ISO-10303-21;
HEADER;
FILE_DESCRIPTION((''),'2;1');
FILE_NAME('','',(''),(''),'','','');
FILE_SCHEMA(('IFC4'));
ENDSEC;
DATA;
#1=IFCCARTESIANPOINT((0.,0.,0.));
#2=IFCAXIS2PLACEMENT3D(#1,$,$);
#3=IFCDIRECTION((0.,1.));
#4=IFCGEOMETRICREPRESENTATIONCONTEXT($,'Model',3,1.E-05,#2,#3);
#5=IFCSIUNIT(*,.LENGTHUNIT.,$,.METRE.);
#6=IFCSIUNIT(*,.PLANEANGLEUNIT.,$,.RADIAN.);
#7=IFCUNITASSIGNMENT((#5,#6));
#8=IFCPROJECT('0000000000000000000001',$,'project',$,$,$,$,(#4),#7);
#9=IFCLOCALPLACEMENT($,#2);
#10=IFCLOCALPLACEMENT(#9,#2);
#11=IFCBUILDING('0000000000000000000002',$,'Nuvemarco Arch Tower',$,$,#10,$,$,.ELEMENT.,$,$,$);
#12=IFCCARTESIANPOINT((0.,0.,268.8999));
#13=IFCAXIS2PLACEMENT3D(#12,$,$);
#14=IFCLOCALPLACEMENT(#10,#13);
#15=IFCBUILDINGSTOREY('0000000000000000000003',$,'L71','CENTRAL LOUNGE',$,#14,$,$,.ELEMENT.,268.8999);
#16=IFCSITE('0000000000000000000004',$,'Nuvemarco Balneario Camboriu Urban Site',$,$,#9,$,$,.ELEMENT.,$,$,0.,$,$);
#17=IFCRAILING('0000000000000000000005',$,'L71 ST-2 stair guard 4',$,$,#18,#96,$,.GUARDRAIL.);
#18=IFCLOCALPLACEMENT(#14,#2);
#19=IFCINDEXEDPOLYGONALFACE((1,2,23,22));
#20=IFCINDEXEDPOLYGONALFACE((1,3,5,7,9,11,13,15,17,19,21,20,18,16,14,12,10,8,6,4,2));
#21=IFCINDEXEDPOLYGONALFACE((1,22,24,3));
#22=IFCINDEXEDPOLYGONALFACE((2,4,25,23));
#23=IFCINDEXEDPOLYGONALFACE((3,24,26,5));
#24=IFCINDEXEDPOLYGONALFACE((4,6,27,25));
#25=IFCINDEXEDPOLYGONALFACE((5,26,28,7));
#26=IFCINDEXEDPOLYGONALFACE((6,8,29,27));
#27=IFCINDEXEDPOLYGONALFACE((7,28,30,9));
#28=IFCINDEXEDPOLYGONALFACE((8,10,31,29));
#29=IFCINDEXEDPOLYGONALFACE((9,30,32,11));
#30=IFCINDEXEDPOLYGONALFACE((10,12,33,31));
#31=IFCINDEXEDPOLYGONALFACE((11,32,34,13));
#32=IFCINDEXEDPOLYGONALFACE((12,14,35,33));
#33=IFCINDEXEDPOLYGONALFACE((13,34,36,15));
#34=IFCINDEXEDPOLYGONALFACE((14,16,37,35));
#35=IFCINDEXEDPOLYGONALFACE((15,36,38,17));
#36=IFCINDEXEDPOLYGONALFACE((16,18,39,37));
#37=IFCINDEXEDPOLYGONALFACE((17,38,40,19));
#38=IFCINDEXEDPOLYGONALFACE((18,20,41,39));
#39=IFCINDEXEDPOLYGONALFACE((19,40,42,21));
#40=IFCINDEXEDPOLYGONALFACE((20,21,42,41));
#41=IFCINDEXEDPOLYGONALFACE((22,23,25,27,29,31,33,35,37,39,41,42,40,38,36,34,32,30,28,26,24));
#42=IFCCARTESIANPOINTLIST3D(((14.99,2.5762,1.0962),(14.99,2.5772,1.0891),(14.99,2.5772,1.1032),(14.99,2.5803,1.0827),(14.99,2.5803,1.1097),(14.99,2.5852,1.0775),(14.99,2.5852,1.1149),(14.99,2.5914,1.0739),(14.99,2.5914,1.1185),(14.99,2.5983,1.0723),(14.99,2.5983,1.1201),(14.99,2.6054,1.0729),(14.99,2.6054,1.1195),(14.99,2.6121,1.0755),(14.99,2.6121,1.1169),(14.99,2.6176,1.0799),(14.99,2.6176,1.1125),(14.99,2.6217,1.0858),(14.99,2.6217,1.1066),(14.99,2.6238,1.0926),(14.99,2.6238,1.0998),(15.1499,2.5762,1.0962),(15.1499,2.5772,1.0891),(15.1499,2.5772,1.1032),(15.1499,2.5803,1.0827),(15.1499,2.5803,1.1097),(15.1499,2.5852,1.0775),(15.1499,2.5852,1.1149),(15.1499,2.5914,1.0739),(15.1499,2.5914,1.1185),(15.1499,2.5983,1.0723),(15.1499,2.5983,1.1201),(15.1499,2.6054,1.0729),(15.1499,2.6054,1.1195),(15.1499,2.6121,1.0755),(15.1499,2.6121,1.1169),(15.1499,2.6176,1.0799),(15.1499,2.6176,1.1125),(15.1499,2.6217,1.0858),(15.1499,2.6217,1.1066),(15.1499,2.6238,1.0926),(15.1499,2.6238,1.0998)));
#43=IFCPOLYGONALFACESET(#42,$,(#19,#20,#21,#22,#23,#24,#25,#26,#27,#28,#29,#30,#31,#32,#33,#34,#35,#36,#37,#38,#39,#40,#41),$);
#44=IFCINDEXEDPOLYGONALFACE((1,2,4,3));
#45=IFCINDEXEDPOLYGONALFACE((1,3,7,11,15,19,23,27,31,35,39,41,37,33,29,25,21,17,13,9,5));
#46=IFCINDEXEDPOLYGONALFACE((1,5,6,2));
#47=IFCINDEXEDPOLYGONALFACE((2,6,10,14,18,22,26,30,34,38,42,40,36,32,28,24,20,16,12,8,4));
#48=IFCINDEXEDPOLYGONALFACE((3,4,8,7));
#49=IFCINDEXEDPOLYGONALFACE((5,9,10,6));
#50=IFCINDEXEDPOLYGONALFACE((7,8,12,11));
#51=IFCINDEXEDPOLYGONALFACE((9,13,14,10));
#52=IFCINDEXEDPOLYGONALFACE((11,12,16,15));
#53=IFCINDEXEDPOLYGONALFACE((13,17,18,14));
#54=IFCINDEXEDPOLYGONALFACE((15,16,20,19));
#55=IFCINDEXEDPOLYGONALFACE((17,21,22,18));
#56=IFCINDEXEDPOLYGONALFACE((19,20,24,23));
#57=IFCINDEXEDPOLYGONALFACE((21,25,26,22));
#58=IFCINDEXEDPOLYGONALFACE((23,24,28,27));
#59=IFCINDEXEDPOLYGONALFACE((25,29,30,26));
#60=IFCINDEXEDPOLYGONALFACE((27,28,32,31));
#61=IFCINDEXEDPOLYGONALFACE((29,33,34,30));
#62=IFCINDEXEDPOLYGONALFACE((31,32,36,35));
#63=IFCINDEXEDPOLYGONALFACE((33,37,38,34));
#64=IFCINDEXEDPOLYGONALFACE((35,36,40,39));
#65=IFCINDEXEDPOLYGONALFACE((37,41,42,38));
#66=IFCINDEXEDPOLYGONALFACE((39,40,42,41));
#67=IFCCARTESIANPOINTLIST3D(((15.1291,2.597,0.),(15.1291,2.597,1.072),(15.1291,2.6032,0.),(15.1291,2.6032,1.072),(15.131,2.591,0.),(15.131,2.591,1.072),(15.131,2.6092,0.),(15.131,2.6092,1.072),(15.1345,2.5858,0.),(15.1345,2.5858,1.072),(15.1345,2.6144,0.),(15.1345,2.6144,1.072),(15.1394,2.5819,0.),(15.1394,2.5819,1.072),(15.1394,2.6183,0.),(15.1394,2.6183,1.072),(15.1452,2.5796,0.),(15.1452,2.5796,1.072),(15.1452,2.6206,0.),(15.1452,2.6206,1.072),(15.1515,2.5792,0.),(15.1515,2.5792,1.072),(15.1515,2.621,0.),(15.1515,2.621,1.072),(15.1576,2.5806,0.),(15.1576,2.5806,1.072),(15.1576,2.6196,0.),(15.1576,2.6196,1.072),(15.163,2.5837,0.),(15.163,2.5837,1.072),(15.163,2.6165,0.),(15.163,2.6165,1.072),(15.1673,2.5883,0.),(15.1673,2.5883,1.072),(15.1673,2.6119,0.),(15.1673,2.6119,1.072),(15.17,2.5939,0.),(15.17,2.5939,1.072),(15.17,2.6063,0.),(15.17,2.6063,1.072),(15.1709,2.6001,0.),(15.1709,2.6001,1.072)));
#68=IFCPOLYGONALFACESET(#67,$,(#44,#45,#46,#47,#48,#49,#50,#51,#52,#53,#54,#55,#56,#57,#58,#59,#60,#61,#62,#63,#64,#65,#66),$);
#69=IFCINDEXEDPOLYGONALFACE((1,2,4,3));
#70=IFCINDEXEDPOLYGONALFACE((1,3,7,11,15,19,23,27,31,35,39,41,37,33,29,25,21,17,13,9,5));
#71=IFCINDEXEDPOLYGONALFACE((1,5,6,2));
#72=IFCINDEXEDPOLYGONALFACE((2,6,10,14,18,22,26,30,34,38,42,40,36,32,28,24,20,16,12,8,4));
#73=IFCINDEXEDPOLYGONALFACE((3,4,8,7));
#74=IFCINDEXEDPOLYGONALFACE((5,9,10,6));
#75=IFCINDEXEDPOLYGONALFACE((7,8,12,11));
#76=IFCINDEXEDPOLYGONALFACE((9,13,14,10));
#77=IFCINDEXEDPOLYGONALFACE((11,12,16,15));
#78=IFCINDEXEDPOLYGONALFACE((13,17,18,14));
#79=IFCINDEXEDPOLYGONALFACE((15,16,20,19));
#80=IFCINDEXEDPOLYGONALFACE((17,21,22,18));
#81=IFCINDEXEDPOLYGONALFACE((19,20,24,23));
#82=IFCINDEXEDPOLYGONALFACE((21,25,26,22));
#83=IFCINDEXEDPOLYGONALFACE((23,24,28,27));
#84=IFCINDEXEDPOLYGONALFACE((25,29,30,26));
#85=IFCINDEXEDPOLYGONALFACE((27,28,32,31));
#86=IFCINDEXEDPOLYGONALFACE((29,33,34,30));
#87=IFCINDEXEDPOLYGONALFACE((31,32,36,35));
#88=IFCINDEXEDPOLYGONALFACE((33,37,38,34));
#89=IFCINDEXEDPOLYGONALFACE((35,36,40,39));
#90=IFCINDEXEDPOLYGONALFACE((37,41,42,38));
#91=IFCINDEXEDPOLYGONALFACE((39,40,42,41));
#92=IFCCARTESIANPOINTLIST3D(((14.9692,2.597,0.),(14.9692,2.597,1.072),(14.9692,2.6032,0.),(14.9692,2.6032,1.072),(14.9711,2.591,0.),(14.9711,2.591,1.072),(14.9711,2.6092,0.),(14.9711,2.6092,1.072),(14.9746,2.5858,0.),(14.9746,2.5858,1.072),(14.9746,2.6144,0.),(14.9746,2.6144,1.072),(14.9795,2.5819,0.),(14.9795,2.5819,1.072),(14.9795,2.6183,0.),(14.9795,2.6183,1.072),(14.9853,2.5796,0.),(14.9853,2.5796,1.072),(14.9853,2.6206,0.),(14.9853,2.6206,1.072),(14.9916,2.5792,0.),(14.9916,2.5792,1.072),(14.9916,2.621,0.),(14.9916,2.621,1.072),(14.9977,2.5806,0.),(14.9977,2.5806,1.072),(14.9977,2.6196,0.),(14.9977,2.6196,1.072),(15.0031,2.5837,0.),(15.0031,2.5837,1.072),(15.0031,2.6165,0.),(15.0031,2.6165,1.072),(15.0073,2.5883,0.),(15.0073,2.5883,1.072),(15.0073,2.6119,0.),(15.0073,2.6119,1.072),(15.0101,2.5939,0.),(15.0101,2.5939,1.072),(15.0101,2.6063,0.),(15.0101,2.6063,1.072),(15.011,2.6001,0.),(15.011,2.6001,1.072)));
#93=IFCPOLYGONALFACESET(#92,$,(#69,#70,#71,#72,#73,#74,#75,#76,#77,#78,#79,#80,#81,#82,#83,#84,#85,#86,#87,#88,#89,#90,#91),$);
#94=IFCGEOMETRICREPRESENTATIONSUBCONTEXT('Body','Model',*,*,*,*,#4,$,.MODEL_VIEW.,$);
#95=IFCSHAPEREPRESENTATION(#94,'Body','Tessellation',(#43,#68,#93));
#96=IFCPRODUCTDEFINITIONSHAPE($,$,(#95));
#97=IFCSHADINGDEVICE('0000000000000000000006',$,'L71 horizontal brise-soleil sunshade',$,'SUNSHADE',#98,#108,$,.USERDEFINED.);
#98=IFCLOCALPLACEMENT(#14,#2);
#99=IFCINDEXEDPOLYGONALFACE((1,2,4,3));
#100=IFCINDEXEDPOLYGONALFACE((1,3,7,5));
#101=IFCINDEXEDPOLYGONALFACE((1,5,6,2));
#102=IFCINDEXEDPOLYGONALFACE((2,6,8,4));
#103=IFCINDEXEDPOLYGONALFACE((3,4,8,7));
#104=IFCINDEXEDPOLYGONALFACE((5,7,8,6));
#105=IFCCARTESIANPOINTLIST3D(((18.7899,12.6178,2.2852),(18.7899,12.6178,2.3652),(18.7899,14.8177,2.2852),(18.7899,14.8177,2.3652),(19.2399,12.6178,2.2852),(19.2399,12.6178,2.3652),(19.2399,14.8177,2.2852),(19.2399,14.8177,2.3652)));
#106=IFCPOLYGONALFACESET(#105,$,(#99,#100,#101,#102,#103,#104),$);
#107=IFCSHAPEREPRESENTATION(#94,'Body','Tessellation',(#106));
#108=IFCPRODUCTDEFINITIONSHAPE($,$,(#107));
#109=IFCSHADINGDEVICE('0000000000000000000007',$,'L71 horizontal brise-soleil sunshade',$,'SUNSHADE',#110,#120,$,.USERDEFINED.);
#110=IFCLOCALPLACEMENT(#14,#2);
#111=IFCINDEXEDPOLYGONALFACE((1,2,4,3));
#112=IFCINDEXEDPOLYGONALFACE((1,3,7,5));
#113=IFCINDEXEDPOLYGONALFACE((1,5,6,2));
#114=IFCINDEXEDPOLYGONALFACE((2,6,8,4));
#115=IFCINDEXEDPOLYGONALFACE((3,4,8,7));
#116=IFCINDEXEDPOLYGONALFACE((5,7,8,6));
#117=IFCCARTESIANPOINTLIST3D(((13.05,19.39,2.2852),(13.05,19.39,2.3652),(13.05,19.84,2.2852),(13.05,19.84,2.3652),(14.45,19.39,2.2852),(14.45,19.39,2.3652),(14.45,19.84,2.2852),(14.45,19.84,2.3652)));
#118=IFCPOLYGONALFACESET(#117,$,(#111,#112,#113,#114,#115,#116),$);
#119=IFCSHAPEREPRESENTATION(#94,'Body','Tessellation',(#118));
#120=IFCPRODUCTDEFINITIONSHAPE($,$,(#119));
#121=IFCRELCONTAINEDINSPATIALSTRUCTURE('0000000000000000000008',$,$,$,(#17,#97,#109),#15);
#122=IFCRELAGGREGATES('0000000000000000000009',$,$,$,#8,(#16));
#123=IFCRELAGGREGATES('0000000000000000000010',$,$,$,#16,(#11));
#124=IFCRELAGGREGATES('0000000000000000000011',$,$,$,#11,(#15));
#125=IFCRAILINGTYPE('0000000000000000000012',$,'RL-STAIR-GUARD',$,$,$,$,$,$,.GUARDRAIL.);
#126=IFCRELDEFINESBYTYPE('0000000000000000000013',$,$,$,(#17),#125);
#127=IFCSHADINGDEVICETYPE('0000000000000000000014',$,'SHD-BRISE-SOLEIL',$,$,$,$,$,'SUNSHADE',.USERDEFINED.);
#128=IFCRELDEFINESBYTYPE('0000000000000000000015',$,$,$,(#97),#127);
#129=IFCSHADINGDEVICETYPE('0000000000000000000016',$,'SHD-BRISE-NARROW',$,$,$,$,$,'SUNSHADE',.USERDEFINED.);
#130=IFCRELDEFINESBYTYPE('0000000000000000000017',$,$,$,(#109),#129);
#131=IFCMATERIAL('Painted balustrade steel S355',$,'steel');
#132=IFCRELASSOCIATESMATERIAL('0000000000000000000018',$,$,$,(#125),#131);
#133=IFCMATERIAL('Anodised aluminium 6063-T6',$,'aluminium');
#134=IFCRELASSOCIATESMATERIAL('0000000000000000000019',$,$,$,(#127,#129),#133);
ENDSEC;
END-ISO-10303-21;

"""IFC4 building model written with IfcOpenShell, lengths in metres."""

from ifc_helpers import new_model, si_unit, direction, frame, origin, origin_2d, place, context, subcontext, project, spatial, rectangle, circle, extrude, source, transform, mapped, material, type_object, type_shapes, element, save


model = new_model("IFC4")

# Units and contexts
model_context = context("Model", 3, precision=1e-05, world=origin(), true_north=direction((0.0, 1.0)))
body_context = subcontext(model_context, "Body", "Model", "MODEL_VIEW")
ifc_project = project(units=[si_unit("LENGTHUNIT", "METRE"), si_unit("PLANEANGLEUNIT", "RADIAN")], contexts=[model_context])

# Site, building, storey
site_placement = place(None, origin())
site = spatial("IfcSite", under=ifc_project, at=site_placement, Name="Nuvemarco Balneario Camboriu Urban Site", CompositionType="ELEMENT", RefElevation=0.0)
building_placement = place(site_placement, origin())
building = spatial("IfcBuilding", under=site, at=building_placement, Name="Nuvemarco Arch Tower", CompositionType="ELEMENT")
storey_placement = place(building_placement, frame((0.0, 0.0, 268.8999)))
storey = spatial("IfcBuildingStorey", under=building, at=storey_placement, Name="L71", Description="CENTRAL LOUNGE", CompositionType="ELEMENT", Elevation=268.8999)

# Railing
ifc_material_1 = material(Name="Painted balustrade steel S355", Category="steel")
railing_type_1 = type_object("IfcRailingType", Name="RL-STAIR-GUARD", PredefinedType="GUARDRAIL", material=ifc_material_1)
railing_1_placement = place(storey_placement, frame((15.1499, 2.6001, 0.0)))
element("IfcRailing", 1, at=railing_1_placement, inside=storey, type_object=railing_type_1, Name="L71 ST-2 stair guard 4", PredefinedType="GUARDRAIL", context=body_context, shape_type="SweptSolid", body=[
    extrude(circle(Radius=0.0239, at=origin_2d()), frame((0.0, 0.0, 1.0962), z_axis=(-1.0, 0.0, 0.0), x_axis=(0.0, -1.0, 0.0)), (0.0, 0.0, 1.0), 0.1599),
    extrude(circle(Radius=0.021, at=origin_2d()), origin(), (0.0, 0.0, 1.0), 1.072),
    extrude(circle(Radius=0.021, at=origin_2d()), frame((-0.1599, 0.0, 0.0)), (0.0, 0.0, 1.0), 1.072),
])

# Shading devices
ifc_material_2 = material(Name="Anodised aluminium 6063-T6", Category="aluminium")
shading_device_type_1 = type_object("IfcShadingDeviceType", Name="SHD-BRISE-SOLEIL", ElementType="SUNSHADE", PredefinedType="USERDEFINED", material=ifc_material_2)
shared_shape_1 = source(origin(), body_context, "Body", "SweptSolid", [
    extrude(rectangle(XDim=2.2, YDim=0.45, at=origin_2d()), origin(), (0.0, 0.0, 1.0), 0.0801),
])
type_shapes(shading_device_type_1, [shared_shape_1])
shading_device_1_placement = place(storey_placement, frame((19.0149, 13.7178, 2.2852), z_axis=(0.0, 0.0, 1.0), x_axis=(0.0, 1.0, 0.0)))
element("IfcShadingDevice", 2, at=shading_device_1_placement, inside=storey, type_object=shading_device_type_1, Name="L71 horizontal brise-soleil sunshade", ObjectType="SUNSHADE", PredefinedType="USERDEFINED", context=body_context, shape_type="MappedRepresentation", body=[
    mapped(shared_shape_1, transform((0.0, 0.0, 0.0), scale=1.0)),
])
shading_device_type_2 = type_object("IfcShadingDeviceType", Name="SHD-BRISE-NARROW", ElementType="SUNSHADE", PredefinedType="USERDEFINED", material=ifc_material_2)
shared_shape_2 = source(origin(), body_context, "Body", "SweptSolid", [
    extrude(rectangle(XDim=1.3999, YDim=0.45, at=origin_2d()), origin(), (0.0, 0.0, 1.0), 0.0801),
])
type_shapes(shading_device_type_2, [shared_shape_2])
shading_device_2_placement = place(storey_placement, frame((13.75, 19.615, 2.2852), z_axis=(0.0, 0.0, 1.0), x_axis=(1.0, 0.0, 0.0)))
element("IfcShadingDevice", 3, at=shading_device_2_placement, inside=storey, type_object=shading_device_type_2, Name="L71 horizontal brise-soleil sunshade", ObjectType="SUNSHADE", PredefinedType="USERDEFINED", context=body_context, shape_type="MappedRepresentation", body=[
    mapped(shared_shape_2, transform((0.0, 0.0, 0.0), scale=1.0)),
])

save(model, "model.ifc")
